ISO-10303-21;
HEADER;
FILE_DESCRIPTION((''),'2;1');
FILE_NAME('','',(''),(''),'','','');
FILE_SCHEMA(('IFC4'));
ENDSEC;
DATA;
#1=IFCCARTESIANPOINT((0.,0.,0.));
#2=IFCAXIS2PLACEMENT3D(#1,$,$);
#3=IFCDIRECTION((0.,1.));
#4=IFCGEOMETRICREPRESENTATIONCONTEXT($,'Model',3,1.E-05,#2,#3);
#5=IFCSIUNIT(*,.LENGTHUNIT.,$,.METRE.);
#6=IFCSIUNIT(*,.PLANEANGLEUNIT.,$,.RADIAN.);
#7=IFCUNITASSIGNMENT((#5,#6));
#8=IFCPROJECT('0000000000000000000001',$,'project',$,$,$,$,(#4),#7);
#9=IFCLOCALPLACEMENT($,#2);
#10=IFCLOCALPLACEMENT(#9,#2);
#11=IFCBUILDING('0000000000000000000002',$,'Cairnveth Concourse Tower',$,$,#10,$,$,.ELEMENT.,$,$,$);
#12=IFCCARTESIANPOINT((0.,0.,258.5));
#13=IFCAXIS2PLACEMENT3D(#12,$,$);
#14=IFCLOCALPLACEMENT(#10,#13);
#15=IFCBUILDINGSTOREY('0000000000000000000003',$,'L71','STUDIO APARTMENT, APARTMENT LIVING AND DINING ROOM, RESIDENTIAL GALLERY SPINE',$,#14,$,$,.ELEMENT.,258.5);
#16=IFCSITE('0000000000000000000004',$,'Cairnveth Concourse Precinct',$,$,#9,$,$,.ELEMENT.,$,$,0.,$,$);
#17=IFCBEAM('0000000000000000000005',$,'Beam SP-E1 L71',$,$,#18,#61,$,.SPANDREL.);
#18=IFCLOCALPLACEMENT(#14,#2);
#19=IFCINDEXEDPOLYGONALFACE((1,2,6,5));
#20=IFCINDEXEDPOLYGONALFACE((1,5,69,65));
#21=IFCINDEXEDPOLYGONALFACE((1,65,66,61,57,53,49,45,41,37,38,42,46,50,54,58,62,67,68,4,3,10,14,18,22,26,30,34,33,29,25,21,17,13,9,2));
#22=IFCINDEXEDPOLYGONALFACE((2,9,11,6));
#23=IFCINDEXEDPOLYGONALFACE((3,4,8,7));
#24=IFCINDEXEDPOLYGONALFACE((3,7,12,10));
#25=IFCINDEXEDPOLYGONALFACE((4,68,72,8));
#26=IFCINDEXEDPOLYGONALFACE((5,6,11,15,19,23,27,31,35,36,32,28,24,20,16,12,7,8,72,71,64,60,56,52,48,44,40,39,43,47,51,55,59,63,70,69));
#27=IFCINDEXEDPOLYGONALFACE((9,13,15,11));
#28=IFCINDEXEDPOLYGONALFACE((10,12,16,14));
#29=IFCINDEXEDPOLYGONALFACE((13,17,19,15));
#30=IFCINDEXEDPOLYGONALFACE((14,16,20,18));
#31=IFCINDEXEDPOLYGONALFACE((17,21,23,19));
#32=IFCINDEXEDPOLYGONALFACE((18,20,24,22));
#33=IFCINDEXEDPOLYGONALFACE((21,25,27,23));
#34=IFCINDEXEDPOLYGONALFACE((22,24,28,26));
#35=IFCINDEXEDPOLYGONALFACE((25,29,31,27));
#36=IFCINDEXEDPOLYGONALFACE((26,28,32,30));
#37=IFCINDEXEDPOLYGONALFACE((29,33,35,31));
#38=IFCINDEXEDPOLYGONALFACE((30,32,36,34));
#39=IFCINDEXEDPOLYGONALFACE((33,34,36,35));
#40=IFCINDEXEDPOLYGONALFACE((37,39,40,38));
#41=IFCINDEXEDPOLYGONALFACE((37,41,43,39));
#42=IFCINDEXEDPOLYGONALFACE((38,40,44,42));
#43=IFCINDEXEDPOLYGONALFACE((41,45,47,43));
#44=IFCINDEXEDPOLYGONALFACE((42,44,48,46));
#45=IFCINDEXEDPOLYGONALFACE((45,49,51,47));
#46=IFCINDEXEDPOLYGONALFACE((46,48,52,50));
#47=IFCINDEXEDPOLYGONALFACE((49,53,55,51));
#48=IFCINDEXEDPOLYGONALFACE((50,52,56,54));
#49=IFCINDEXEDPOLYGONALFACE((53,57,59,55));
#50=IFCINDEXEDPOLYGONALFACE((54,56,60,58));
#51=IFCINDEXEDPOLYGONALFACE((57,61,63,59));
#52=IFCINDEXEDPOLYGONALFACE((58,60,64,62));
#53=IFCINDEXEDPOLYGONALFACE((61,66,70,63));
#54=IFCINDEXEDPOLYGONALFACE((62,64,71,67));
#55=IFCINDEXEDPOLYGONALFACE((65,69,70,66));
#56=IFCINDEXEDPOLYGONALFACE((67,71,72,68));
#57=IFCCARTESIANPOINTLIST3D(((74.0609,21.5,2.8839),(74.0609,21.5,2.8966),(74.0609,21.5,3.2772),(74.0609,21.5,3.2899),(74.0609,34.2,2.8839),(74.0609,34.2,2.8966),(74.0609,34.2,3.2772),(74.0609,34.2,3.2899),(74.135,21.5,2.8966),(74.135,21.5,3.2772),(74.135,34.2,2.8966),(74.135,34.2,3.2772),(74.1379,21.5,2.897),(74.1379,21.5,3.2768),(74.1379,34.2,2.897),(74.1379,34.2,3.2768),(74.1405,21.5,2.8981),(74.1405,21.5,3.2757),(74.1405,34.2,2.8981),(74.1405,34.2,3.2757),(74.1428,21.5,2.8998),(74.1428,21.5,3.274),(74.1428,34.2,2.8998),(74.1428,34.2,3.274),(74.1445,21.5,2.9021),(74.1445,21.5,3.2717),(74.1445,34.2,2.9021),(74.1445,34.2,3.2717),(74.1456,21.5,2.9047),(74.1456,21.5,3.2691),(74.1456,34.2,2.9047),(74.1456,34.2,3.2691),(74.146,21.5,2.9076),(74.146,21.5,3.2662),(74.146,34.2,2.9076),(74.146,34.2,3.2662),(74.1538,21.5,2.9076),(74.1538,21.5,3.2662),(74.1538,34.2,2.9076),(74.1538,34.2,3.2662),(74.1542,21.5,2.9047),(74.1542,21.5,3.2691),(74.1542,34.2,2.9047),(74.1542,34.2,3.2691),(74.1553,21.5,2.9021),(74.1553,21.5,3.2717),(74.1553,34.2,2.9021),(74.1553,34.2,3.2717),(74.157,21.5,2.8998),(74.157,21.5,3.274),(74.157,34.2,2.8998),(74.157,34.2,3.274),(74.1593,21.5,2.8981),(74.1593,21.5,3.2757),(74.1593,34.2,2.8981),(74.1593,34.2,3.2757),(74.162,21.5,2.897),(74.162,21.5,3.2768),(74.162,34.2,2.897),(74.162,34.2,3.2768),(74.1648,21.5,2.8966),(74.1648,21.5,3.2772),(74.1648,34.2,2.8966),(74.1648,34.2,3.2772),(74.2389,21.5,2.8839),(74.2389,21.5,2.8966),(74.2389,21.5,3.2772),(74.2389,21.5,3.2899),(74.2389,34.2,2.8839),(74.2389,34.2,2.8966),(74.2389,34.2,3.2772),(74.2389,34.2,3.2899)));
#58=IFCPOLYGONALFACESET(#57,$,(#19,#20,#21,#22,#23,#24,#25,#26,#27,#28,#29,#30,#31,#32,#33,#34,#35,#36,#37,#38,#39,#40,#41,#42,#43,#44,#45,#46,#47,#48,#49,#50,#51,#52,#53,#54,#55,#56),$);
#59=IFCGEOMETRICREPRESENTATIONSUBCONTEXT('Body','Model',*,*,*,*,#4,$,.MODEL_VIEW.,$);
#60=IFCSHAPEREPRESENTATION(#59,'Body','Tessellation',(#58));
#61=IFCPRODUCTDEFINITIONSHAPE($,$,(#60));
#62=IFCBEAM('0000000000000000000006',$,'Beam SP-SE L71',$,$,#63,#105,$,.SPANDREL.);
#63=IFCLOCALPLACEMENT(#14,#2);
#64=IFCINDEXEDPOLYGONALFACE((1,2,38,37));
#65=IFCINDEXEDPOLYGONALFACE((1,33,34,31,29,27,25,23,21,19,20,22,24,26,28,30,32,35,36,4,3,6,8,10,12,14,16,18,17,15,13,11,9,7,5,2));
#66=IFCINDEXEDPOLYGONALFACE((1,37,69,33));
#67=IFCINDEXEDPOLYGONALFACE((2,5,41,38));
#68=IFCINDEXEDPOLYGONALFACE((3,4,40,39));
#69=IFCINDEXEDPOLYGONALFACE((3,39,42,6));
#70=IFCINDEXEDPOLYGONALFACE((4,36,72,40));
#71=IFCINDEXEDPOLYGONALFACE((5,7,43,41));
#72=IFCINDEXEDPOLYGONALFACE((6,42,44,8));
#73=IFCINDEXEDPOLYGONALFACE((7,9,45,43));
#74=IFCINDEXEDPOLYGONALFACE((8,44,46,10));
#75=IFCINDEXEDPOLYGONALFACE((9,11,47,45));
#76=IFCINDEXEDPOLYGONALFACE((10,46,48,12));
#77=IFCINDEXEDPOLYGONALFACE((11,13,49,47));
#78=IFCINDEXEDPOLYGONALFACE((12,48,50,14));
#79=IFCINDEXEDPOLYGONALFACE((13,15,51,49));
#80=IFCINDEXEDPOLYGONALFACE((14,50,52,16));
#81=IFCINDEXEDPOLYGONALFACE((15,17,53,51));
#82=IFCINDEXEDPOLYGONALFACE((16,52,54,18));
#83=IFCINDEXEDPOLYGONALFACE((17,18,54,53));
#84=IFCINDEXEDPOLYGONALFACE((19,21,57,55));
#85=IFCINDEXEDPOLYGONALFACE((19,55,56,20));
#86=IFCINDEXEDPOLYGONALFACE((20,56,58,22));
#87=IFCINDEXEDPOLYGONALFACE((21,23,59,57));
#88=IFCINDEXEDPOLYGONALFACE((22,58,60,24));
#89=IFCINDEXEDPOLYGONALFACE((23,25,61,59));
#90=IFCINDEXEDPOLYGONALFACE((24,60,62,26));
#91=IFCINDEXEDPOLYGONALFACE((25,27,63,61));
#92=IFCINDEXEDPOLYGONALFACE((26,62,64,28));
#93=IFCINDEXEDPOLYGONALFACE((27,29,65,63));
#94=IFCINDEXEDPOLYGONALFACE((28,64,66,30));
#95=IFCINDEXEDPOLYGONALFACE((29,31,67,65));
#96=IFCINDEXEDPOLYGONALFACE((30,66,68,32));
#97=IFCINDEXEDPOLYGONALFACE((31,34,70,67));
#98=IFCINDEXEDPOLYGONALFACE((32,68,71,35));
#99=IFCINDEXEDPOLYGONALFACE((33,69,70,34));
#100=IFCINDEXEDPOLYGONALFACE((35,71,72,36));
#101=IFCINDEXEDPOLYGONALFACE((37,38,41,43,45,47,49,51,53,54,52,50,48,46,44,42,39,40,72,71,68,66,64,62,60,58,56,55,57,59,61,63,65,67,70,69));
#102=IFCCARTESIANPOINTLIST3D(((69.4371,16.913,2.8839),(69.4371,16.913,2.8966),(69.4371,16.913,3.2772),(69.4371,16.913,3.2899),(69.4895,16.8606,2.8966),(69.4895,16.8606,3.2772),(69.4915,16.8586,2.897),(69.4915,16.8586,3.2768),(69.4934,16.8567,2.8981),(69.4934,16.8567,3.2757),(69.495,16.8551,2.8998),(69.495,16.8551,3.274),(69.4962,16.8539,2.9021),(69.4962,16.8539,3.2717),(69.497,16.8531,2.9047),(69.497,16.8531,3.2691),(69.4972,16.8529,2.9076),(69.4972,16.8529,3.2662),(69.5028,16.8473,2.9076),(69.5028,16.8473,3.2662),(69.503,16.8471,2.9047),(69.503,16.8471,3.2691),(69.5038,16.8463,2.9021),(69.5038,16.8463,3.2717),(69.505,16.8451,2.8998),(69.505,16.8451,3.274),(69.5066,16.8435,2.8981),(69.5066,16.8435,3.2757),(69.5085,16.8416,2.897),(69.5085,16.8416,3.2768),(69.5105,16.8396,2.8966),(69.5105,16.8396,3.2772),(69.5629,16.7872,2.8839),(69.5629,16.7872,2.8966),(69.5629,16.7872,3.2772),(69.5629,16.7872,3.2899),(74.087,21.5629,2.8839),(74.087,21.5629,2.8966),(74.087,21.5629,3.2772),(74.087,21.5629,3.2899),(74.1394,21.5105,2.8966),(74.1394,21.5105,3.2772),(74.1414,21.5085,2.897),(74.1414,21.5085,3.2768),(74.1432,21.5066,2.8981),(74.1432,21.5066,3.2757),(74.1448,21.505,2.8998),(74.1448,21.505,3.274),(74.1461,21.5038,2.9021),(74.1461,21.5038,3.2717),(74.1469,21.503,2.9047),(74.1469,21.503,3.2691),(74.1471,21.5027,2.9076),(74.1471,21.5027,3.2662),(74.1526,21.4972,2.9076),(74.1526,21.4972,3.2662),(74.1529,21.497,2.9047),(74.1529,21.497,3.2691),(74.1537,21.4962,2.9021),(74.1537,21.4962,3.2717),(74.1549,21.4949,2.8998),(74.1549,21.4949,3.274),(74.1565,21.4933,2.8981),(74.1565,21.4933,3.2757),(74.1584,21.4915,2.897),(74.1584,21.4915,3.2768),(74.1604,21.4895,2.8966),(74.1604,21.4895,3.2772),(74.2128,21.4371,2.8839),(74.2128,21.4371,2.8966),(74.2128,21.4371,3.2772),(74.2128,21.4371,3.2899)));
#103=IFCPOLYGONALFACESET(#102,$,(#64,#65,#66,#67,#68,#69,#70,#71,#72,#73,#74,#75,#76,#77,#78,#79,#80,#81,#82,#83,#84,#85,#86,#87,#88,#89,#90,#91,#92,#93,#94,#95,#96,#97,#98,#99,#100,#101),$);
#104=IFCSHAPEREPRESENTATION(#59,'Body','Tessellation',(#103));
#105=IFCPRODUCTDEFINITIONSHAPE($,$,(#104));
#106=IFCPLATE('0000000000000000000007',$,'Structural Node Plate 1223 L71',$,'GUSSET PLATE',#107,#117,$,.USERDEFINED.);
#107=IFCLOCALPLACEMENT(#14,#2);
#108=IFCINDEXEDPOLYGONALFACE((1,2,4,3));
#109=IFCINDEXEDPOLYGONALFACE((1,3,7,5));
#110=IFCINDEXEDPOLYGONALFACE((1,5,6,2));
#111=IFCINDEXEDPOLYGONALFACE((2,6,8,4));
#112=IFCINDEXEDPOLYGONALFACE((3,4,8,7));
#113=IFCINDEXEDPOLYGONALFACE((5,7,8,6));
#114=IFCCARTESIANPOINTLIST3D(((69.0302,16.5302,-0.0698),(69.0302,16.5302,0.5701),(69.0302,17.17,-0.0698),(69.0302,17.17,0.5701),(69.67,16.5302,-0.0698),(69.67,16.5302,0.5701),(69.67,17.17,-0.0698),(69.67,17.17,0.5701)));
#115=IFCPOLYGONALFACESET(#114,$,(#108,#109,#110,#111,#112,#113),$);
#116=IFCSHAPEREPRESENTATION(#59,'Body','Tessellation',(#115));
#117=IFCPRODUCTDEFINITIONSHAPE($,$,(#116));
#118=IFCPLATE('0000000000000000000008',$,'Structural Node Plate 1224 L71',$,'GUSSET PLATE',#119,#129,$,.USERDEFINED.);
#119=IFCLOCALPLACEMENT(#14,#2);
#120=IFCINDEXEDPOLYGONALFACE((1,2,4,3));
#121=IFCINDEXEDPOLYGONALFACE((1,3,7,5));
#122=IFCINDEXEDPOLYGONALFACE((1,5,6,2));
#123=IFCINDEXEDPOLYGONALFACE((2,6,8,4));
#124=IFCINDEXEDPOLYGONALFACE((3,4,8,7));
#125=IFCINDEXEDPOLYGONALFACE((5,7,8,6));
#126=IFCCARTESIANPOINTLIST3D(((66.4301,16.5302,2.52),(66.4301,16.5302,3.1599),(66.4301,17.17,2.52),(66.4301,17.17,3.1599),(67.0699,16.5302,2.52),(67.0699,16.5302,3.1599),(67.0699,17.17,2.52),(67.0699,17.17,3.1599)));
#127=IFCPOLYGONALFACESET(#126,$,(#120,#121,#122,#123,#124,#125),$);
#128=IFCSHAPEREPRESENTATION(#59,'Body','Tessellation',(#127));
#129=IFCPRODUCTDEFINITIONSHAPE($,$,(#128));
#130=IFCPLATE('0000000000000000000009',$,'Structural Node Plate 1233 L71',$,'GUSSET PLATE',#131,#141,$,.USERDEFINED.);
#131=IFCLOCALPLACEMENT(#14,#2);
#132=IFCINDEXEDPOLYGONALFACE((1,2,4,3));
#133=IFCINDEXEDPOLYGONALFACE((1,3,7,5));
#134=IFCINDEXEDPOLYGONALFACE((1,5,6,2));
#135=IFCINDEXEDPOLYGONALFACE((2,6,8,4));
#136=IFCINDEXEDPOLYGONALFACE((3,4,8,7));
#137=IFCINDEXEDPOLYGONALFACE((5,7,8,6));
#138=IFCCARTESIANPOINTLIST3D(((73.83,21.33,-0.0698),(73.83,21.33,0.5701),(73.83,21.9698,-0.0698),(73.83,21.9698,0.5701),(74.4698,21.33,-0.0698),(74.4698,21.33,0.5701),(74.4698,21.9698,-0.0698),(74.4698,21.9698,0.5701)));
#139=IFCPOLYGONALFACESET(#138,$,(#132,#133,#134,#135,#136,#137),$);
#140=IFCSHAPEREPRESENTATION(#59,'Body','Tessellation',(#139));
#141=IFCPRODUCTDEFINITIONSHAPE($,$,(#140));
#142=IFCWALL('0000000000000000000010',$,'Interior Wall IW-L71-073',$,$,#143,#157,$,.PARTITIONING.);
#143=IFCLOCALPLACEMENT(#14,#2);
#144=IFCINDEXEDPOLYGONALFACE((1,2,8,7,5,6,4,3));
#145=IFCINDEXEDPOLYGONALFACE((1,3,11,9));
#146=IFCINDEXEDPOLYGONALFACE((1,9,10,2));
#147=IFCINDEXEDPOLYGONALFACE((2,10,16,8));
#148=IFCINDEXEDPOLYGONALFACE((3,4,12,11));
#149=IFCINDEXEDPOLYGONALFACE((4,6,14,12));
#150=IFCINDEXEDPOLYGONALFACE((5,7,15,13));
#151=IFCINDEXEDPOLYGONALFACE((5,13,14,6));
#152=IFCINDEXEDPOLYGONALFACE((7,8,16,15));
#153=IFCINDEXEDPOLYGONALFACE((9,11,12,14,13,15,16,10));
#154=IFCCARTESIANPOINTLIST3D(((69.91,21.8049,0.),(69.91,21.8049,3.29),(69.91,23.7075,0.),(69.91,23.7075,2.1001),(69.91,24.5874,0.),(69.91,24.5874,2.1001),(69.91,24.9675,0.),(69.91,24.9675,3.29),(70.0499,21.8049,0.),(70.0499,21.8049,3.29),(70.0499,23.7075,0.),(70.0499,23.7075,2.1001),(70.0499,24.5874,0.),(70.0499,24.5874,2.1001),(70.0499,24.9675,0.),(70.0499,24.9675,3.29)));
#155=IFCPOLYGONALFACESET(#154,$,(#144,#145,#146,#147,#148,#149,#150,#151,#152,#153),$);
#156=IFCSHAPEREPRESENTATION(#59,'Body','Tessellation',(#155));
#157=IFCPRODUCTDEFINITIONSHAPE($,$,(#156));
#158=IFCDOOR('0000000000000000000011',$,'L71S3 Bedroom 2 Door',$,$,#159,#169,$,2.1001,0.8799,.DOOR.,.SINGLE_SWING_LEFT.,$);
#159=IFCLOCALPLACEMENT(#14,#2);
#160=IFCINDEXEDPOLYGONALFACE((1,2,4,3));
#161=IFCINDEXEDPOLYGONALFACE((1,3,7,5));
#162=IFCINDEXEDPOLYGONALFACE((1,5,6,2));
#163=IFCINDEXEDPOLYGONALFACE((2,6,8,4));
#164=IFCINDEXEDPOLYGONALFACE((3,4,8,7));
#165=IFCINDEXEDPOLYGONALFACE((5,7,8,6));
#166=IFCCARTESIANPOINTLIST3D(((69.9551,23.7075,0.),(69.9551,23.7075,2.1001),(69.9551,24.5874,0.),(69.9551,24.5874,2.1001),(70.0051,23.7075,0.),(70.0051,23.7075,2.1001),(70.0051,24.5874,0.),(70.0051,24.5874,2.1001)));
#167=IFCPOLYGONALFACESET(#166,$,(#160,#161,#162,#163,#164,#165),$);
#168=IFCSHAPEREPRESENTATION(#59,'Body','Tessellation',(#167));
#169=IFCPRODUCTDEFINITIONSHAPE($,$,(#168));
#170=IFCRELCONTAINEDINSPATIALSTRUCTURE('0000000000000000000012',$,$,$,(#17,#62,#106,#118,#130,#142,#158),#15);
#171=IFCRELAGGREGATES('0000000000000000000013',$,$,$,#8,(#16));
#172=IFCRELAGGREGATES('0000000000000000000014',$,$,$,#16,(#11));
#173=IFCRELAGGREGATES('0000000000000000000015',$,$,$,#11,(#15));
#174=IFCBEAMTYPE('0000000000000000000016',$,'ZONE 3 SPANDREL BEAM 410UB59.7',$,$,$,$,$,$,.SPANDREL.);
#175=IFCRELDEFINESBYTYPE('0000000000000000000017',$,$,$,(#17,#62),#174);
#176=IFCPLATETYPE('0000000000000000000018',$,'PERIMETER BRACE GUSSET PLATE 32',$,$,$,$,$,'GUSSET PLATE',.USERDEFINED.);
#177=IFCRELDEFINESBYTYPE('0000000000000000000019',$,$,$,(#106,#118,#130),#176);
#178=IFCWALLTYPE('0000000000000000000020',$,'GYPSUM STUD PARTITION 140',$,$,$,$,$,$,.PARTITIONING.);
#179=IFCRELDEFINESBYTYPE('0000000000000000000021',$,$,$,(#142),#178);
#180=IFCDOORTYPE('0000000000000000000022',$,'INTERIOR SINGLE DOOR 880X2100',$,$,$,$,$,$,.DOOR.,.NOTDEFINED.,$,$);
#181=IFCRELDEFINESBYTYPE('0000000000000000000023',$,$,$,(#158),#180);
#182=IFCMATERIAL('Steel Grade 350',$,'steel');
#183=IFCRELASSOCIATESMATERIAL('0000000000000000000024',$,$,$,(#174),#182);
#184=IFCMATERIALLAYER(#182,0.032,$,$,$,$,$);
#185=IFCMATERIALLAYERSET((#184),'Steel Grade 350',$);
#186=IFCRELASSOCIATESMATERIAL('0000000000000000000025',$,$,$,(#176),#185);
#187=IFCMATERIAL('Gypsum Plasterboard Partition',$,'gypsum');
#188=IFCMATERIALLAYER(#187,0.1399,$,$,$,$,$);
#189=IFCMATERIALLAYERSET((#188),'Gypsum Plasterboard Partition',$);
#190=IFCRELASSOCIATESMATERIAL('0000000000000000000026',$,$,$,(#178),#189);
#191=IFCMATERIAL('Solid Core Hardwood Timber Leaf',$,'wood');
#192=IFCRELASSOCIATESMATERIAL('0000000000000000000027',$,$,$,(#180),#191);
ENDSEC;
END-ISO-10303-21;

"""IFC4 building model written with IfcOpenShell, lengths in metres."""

from ifc_helpers import new_model, si_unit, direction, frame, frame_2d, origin, origin_2d, place, context, subcontext, project, spatial, rectangle, i_section, extrude, material, layer, layer_set, material_profile, profile_set, type_object, element, fill, save


model = new_model("IFC4")

# Units and contexts
model_context = context("Model", 3, precision=1e-05, world=origin(), true_north=direction((0.0, 1.0)))
body_context = subcontext(model_context, "Body", "Model", "MODEL_VIEW")
ifc_project = project(units=[si_unit("LENGTHUNIT", "METRE"), si_unit("PLANEANGLEUNIT", "RADIAN")], contexts=[model_context])

# Site, building, storey
site_placement = place(None, origin())
site = spatial("IfcSite", under=ifc_project, at=site_placement, Name="Cairnveth Concourse Precinct", CompositionType="ELEMENT", RefElevation=0.0)
building_placement = place(site_placement, origin())
building = spatial("IfcBuilding", under=site, at=building_placement, Name="Cairnveth Concourse Tower", CompositionType="ELEMENT")
storey_placement = place(building_placement, frame((0.0, 0.0, 258.5)))
storey = spatial("IfcBuildingStorey", under=building, at=storey_placement, Name="L71", Description="STUDIO APARTMENT, APARTMENT LIVING AND DINING ROOM, RESIDENTIAL GALLERY SPINE", CompositionType="ELEMENT", Elevation=258.5)

# Shared definitions
ifc_material_1 = material(Name="Steel Grade 350", Category="steel")

# Beams
ifc_material_profile_1 = material_profile(ifc_material_1, i_section(OverallWidth=0.178, OverallDepth=0.406, WebThickness=0.0078, FlangeThickness=0.0127, FilletRadius=0.011, at=origin_2d()), Name="410UB59.7")
ifc_profile_set_1 = profile_set([ifc_material_profile_1], Name="Steel Grade 350")
beam_type_1 = type_object("IfcBeamType", Name="ZONE 3 SPANDREL BEAM 410UB59.7", PredefinedType="SPANDREL", material=ifc_profile_set_1)
beam_1_placement = place(storey_placement, frame((74.1499, 21.5, 3.0869), z_axis=(0.0, 1.0, 0.0), x_axis=(-1.0, 0.0, 0.0)))
element("IfcBeam", 1, at=beam_1_placement, inside=storey, type_object=beam_type_1, Name="Beam SP-E1 L71", PredefinedType="SPANDREL", context=body_context, shape_type="SweptSolid", body=[
    extrude(i_section(OverallWidth=0.178, OverallDepth=0.406, WebThickness=0.0078, FlangeThickness=0.0127, FilletRadius=0.011, at=origin_2d()), origin(), (0.0, 0.0, 1.0), 12.7),
])
beam_2_placement = place(storey_placement, frame((69.5, 16.8501, 3.0869), z_axis=(0.707107, 0.707107, 0.0), x_axis=(-0.707107, 0.707107, 0.0)))
element("IfcBeam", 2, at=beam_2_placement, inside=storey, type_object=beam_type_1, Name="Beam SP-SE L71", PredefinedType="SPANDREL", context=body_context, shape_type="SweptSolid", body=[
    extrude(i_section(OverallWidth=0.178, OverallDepth=0.406, WebThickness=0.0078, FlangeThickness=0.0127, FilletRadius=0.011, at=origin_2d()), origin(), (0.0, 0.0, 1.0), 6.5759),
])

# Plates
ifc_layer_1 = layer(ifc_material_1, 0.032)
ifc_layer_set_1 = layer_set([ifc_layer_1], Name="Steel Grade 350")
plate_type = type_object("IfcPlateType", Name="PERIMETER BRACE GUSSET PLATE 32", ElementType="GUSSET PLATE", PredefinedType="USERDEFINED", material=ifc_layer_set_1)
for number, where, z_axis, x_axis, name in (
    (3, (69.3501, 16.8501, -0.0698), (0.0, 0.0, 1.0), (1.0, 0.0, 0.0), "Structural Node Plate 1223 L71"),
    (4, (66.75, 16.8501, 2.52), (0.0, 0.0, 1.0), (1.0, 0.0, 0.0), "Structural Node Plate 1224 L71"),
    (5, (74.1499, 21.6499, -0.0698), (0.0, 0.0, 1.0), (1.0, 0.0, 0.0), "Structural Node Plate 1233 L71"),
):
    element("IfcPlate", number, at=place(storey_placement, frame(where, z_axis=z_axis, x_axis=x_axis)), inside=storey, type_object=plate_type, Name=name, ObjectType="GUSSET PLATE", PredefinedType="USERDEFINED", context=body_context, shape_type="SweptSolid", body=[
        extrude(rectangle(XDim=0.6399, YDim=0.6399, at=origin_2d()), origin(), (0.0, 0.0, 1.0), 0.6399),
    ])

# Wall, opening, door
ifc_material_2 = material(Name="Gypsum Plasterboard Partition", Category="gypsum")
ifc_layer_2 = layer(ifc_material_2, 0.1399)
ifc_layer_set_2 = layer_set([ifc_layer_2], Name="Gypsum Plasterboard Partition")
wall_type_1 = type_object("IfcWallType", Name="GYPSUM STUD PARTITION 140", PredefinedType="PARTITIONING", material=ifc_layer_set_2)
wall_1_placement = place(storey_placement, frame((69.98, 21.8049, 0.0), z_axis=(0.0, 0.0, 1.0), x_axis=(0.0, 1.0, 0.0)))
wall_1 = element("IfcWall", 6, at=wall_1_placement, inside=storey, type_object=wall_type_1, Name="Interior Wall IW-L71-073", PredefinedType="PARTITIONING", context=body_context, shape_type="SweptSolid", body=[
    extrude(rectangle(XDim=3.1626, YDim=0.1399, at=frame_2d((1.5813, 0.0))), origin(), (0.0, 0.0, 1.0), 3.29),
])
opening_1_placement = place(wall_1_placement, frame((1.9026, 0.0, 0.0)))
opening_1 = element("IfcOpeningElement", 7, at=opening_1_placement, cuts=wall_1, PredefinedType="OPENING", context=body_context, shape_type="SweptSolid", body=[
    extrude(rectangle(XDim=0.8799, YDim=2.1001, at=frame_2d((0.4399, 1.05))), frame((0.0, 0.0798, 0.0), z_axis=(0.0, -1.0, 0.0), x_axis=(1.0, 0.0, 0.0)), (0.0, 0.0, 1.0), 0.1599),
])
ifc_material_3 = material(Name="Solid Core Hardwood Timber Leaf", Category="wood")
door_type = type_object("IfcDoorType", Name="INTERIOR SINGLE DOOR 880X2100", OperationType="NOTDEFINED", PredefinedType="DOOR", material=ifc_material_3)
door_placement = place(opening_1_placement, origin())
door = element("IfcDoor", 8, at=door_placement, inside=storey, type_object=door_type, Name="L71S3 Bedroom 2 Door", OperationType="SINGLE_SWING_LEFT", OverallHeight=2.1001, OverallWidth=0.8799, PredefinedType="DOOR", context=body_context, shape_type="SweptSolid", body=[
    extrude(rectangle(XDim=0.8799, YDim=2.1001, at=frame_2d((0.4399, 1.05))), frame((0.0, 0.0249, 0.0), z_axis=(0.0, -1.0, 0.0), x_axis=(1.0, 0.0, 0.0)), (0.0, 0.0, 1.0), 0.05),
])
fill(opening_1, door)

save(model, "model.ifc")
